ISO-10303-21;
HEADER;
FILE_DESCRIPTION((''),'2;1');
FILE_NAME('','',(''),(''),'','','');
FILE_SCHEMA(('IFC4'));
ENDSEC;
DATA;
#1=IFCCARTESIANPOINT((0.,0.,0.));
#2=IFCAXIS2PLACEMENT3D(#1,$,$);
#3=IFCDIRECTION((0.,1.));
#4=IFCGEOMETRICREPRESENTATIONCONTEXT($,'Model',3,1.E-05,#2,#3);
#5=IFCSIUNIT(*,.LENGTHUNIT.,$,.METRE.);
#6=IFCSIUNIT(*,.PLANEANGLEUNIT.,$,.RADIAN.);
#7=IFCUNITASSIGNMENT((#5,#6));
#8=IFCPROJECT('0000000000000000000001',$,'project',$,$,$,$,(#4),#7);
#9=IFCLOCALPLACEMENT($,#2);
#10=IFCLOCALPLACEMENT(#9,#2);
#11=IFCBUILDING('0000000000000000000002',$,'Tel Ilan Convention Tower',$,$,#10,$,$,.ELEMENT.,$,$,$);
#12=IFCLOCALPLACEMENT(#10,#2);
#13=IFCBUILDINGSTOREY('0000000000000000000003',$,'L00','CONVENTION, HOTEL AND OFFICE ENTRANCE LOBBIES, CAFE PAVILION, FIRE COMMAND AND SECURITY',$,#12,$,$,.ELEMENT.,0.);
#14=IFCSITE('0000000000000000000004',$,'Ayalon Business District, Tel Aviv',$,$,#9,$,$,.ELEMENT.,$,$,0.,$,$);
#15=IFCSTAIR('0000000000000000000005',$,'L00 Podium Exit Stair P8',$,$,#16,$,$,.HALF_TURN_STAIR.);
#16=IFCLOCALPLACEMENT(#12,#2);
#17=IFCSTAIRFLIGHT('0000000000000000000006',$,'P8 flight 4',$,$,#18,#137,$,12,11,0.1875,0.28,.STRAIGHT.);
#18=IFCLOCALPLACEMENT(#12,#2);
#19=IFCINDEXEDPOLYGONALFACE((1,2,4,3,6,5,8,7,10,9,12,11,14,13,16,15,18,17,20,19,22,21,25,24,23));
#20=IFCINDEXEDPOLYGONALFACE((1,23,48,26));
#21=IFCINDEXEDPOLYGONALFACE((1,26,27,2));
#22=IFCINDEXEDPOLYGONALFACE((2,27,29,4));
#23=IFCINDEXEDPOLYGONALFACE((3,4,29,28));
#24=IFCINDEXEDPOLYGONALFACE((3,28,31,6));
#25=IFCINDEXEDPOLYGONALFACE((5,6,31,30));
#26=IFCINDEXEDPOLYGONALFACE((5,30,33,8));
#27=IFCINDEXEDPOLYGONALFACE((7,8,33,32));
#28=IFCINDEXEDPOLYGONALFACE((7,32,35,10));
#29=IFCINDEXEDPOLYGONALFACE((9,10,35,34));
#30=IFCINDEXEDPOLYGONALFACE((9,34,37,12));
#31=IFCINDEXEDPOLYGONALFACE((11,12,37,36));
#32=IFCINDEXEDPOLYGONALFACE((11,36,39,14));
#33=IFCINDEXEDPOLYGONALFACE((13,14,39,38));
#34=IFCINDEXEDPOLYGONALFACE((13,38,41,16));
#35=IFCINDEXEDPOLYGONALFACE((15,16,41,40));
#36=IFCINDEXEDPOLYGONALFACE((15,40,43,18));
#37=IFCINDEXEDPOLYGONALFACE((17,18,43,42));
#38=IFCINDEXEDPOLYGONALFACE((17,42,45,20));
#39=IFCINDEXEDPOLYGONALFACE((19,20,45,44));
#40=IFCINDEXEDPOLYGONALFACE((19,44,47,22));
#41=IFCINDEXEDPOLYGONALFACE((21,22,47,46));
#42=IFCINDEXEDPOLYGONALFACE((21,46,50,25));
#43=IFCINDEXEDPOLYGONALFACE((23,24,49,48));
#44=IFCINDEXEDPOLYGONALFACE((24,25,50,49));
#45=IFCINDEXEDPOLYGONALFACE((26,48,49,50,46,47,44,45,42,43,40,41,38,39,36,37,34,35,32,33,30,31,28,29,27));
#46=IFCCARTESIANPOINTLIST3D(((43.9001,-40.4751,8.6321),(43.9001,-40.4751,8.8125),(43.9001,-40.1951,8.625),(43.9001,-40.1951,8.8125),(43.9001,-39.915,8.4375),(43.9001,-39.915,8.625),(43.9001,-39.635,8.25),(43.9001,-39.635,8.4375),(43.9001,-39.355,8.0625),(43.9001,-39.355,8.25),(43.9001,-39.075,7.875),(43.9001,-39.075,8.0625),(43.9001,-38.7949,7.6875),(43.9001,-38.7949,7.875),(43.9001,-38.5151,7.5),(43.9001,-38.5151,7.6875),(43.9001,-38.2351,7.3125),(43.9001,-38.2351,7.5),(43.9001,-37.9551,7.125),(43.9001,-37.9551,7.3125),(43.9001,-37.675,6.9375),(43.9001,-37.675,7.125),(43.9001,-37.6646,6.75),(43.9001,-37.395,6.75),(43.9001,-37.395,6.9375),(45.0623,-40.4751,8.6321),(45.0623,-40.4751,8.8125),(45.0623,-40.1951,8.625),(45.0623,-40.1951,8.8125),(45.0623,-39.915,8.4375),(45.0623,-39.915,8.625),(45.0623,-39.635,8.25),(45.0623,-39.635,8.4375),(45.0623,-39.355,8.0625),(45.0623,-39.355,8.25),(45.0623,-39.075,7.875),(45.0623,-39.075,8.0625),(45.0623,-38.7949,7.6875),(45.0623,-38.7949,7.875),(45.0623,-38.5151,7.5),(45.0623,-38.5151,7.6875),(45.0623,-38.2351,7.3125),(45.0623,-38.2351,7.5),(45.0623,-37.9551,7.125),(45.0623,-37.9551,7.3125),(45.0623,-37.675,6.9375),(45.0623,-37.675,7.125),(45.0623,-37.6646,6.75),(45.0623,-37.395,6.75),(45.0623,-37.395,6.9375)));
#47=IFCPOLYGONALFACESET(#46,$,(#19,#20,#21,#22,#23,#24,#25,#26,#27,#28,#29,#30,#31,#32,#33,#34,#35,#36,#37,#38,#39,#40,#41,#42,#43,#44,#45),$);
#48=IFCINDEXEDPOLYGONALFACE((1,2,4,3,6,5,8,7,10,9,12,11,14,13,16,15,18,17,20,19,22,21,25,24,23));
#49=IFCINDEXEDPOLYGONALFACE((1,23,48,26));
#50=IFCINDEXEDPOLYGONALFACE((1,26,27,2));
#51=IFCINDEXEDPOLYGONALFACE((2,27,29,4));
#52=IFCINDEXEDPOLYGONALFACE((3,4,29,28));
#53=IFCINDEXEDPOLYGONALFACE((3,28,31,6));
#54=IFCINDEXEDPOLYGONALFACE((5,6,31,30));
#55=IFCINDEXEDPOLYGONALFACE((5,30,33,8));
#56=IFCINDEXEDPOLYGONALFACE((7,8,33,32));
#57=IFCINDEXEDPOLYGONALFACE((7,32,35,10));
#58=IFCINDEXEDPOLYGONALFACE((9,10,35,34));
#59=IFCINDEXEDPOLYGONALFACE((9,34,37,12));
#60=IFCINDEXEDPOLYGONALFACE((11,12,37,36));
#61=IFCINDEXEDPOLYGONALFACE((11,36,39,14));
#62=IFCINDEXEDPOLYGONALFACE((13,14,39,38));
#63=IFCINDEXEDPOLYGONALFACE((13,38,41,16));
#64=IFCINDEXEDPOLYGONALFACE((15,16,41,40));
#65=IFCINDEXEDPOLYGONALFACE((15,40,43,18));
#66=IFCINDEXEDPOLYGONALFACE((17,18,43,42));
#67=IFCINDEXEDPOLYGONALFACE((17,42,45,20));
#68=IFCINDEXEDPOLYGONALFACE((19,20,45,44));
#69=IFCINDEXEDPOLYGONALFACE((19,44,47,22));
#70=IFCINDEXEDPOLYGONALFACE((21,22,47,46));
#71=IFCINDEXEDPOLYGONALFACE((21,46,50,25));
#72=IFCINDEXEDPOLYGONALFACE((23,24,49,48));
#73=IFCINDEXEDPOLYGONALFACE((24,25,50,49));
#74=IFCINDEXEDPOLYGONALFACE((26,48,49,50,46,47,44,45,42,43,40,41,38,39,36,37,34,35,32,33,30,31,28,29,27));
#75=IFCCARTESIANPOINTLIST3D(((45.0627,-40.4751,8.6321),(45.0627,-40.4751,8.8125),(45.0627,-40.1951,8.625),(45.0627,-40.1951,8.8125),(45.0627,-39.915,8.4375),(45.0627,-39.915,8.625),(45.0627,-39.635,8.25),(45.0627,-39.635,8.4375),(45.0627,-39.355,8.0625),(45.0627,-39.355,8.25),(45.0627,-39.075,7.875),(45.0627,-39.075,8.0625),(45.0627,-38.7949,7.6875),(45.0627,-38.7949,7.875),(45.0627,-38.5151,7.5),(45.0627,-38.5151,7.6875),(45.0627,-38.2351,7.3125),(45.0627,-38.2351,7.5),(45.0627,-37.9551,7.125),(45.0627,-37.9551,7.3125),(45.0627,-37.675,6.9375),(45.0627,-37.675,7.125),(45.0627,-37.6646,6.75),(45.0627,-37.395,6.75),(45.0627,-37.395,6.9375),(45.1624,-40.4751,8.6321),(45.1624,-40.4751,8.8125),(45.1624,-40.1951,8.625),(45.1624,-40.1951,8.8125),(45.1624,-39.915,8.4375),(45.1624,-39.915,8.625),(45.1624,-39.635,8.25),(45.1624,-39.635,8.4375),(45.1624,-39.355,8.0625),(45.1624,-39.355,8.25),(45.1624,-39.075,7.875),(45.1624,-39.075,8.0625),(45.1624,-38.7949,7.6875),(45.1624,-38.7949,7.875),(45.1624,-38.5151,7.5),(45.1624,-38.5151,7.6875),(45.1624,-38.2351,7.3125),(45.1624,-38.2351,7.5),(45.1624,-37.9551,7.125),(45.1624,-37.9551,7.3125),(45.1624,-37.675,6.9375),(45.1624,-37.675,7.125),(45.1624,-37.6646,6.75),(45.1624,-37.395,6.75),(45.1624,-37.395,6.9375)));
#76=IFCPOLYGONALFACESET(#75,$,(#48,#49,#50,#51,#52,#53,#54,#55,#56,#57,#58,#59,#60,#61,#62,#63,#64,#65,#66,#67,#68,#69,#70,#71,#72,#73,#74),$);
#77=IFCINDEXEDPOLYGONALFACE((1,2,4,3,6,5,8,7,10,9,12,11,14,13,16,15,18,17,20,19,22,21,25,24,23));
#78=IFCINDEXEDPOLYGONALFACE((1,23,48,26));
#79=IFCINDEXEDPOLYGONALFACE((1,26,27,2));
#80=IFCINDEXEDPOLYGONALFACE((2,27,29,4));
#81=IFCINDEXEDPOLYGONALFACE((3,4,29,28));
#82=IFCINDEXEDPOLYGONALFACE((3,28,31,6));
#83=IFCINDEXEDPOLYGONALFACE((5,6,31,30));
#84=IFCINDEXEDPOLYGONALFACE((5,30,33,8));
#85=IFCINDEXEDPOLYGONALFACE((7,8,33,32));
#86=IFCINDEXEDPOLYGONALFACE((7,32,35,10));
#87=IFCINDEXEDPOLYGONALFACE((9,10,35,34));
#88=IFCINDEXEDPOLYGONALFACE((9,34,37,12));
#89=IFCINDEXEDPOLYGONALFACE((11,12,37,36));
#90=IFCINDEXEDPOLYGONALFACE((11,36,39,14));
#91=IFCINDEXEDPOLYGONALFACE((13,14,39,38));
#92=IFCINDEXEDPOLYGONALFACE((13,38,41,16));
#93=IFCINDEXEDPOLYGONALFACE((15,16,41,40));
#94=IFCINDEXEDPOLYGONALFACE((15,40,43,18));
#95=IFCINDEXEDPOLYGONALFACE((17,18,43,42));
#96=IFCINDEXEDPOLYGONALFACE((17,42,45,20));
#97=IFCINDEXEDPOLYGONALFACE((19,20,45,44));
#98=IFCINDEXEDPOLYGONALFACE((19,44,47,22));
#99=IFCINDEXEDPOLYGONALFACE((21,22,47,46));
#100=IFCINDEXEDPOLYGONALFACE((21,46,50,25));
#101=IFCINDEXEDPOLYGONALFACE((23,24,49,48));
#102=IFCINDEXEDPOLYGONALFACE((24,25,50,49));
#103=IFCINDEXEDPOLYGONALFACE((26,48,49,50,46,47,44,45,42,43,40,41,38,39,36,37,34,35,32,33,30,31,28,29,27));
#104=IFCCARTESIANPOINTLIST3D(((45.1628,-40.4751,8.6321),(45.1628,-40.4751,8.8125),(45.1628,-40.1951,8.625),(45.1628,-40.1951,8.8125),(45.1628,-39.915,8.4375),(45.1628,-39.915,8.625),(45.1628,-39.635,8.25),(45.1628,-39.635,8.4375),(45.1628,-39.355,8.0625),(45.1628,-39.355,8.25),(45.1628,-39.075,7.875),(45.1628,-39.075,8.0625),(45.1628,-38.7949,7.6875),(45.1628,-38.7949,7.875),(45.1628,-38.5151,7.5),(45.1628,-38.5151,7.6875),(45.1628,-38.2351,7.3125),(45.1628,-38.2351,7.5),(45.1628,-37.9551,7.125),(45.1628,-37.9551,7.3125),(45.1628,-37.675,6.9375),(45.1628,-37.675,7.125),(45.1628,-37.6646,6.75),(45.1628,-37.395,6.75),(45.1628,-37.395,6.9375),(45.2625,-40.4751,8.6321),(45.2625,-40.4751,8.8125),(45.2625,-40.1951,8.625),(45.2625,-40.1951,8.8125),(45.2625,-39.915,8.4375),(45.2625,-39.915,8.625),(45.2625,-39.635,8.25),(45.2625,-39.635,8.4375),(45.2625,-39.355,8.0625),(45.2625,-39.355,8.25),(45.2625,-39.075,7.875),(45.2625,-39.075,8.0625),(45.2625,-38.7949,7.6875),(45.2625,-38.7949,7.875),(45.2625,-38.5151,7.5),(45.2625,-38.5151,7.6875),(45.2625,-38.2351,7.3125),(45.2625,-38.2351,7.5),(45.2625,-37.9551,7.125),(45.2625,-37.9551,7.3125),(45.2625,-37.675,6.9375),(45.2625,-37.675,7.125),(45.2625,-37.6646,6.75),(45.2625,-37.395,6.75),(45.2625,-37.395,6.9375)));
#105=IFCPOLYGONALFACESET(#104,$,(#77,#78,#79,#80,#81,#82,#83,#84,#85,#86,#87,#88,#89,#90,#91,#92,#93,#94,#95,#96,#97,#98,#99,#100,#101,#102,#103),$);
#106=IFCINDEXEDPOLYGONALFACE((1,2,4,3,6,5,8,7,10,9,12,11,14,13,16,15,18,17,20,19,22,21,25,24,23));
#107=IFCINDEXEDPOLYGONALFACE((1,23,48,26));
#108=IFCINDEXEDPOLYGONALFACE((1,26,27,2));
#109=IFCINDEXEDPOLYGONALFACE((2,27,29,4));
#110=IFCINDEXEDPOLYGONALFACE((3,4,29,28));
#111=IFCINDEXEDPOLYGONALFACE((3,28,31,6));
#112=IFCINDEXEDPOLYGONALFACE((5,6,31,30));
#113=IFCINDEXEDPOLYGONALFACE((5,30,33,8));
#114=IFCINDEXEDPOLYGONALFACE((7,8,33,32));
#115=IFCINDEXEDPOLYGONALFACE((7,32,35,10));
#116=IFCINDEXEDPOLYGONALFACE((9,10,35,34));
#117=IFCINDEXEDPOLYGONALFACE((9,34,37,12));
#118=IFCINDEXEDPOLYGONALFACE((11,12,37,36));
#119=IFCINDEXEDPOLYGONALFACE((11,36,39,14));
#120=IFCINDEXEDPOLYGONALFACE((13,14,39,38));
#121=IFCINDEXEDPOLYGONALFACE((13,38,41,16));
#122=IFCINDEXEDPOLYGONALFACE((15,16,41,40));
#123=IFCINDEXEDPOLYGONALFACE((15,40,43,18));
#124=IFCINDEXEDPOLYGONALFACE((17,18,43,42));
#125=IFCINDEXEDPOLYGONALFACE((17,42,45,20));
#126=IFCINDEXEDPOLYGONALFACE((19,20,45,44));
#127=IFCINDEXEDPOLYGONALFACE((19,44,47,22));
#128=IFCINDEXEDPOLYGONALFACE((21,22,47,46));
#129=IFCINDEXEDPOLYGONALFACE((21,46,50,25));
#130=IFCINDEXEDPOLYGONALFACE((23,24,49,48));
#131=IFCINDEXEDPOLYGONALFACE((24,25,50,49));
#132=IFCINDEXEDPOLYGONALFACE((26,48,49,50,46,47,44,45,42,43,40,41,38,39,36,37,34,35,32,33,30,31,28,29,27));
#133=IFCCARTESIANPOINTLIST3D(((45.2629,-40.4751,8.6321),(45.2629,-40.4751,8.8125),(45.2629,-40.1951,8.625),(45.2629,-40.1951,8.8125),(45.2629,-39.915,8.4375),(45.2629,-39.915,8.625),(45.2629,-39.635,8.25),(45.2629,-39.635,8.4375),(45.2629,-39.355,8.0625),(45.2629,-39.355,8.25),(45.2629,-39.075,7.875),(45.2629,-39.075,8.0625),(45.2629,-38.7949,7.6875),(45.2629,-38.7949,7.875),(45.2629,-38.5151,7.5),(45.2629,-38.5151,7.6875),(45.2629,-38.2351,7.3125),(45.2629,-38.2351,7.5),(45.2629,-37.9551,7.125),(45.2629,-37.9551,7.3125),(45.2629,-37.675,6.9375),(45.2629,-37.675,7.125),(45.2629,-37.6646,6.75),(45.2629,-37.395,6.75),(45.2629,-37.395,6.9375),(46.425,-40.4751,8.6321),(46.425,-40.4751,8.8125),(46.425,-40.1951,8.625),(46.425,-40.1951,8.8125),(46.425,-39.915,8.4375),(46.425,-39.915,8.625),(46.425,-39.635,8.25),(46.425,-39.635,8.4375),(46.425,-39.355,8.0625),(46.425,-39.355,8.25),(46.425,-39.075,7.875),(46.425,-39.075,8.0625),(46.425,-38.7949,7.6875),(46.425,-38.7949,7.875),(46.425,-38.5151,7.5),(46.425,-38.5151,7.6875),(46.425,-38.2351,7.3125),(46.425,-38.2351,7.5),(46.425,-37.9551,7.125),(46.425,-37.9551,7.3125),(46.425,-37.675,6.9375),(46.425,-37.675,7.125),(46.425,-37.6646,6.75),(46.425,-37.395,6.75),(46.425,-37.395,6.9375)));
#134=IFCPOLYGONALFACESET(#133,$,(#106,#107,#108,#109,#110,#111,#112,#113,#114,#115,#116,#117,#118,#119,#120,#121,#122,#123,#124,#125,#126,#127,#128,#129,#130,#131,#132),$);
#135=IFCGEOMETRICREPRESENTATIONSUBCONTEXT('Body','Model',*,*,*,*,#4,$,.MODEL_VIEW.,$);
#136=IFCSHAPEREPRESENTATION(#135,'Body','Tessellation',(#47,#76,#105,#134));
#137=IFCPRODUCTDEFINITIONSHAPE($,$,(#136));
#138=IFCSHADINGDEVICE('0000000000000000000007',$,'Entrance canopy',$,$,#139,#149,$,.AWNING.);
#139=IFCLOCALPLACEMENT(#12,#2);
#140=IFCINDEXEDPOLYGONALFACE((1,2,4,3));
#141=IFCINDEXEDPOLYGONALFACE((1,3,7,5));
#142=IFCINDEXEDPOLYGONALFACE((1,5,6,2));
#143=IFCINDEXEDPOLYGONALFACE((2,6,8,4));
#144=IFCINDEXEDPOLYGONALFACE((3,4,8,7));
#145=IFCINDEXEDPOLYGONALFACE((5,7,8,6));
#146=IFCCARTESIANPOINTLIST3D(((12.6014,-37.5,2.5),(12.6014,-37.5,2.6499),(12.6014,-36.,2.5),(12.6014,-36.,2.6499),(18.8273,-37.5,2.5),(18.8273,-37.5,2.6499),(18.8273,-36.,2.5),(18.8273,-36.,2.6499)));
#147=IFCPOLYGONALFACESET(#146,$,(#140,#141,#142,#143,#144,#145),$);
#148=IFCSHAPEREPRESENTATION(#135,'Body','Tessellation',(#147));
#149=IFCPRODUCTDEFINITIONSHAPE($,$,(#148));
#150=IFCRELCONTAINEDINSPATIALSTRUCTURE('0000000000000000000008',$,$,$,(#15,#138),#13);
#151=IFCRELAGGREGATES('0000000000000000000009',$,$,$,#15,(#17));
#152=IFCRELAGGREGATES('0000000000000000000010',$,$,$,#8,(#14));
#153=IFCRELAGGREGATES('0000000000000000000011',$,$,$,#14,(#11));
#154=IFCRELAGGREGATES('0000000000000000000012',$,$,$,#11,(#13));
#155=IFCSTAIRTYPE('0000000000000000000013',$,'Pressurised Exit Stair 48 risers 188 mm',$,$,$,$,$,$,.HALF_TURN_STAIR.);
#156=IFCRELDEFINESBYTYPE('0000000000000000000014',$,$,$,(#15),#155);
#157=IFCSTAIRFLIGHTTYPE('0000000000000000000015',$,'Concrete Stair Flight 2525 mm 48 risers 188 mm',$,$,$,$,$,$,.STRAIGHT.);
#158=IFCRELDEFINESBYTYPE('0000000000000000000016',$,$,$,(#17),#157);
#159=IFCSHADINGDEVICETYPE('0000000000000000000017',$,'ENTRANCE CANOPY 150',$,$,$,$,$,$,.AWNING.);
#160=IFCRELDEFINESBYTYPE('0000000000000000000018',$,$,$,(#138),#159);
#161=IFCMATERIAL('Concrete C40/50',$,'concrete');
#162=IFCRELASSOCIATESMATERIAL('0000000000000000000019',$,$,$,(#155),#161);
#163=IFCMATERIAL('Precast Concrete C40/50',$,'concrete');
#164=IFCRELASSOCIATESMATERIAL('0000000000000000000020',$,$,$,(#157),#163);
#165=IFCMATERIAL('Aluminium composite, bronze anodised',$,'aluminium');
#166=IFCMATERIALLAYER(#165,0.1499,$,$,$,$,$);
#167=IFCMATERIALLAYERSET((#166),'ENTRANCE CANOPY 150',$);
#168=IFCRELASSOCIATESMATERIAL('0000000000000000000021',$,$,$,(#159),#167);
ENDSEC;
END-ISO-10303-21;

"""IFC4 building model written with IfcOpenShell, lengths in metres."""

from ifc_helpers import new_model, si_unit, direction, frame, origin, origin_2d, place, context, subcontext, project, spatial, polyline, rectangle, outline, extrude, material, layer, layer_set, type_object, element, aggregate, save


model = new_model("IFC4")

# Units and contexts
model_context = context("Model", 3, precision=1e-05, world=origin(), true_north=direction((0.0, 1.0)))
body_context = subcontext(model_context, "Body", "Model", "MODEL_VIEW")
ifc_project = project(units=[si_unit("LENGTHUNIT", "METRE"), si_unit("PLANEANGLEUNIT", "RADIAN")], contexts=[model_context])

# Site, building, storey
site_placement = place(None, origin())
site = spatial("IfcSite", under=ifc_project, at=site_placement, Name="Ayalon Business District, Tel Aviv", CompositionType="ELEMENT", RefElevation=0.0)
building_placement = place(site_placement, origin())
building = spatial("IfcBuilding", under=site, at=building_placement, Name="Tel Ilan Convention Tower", CompositionType="ELEMENT")
storey_placement = place(building_placement, origin())
storey = spatial("IfcBuildingStorey", under=building, at=storey_placement, Name="L00", Description="CONVENTION, HOTEL AND OFFICE ENTRANCE LOBBIES, CAFE PAVILION, FIRE COMMAND AND SECURITY", CompositionType="ELEMENT", Elevation=0.0)

# Stair, stair flight
ifc_material_1 = material(Name="Concrete C40/50", Category="concrete")
stair_type = type_object("IfcStairType", Name="Pressurised Exit Stair 48 risers 188 mm", PredefinedType="HALF_TURN_STAIR", material=ifc_material_1)
ifc_material_2 = material(Name="Precast Concrete C40/50", Category="concrete")
stair_flight_type = type_object("IfcStairFlightType", Name="Concrete Stair Flight 2525 mm 48 risers 188 mm", PredefinedType="STRAIGHT", material=ifc_material_2)
stair_1_placement = place(storey_placement, origin())
stair_1 = element("IfcStair", 1, at=stair_1_placement, inside=storey, type_object=stair_type, Name="L00 Podium Exit Stair P8", PredefinedType="HALF_TURN_STAIR")
stair_flight_1_placement = place(storey_placement, frame((45.1626, -37.395, 6.75), z_axis=(0.0, 0.0, 1.0), x_axis=(0.0, -1.0, 0.0)))
stair_flight_1 = element("IfcStairFlight", 2, at=stair_flight_1_placement, type_object=stair_flight_type, Name="P8 flight 4", NumberOfRisers=12, NumberOfTreads=11, PredefinedType="STRAIGHT", RiserHeight=0.1875, TreadLength=0.28, context=body_context, shape_type="SweptSolid", body=[
    extrude(outline(polyline([(0.0, 0.0), (0.0, 0.1875), (0.28, 0.1875), (0.28, 0.375), (0.5601, 0.375), (0.5601, 0.5625), (0.8401, 0.5625), (0.8401, 0.75), (1.1201, 0.75), (1.1201, 0.9375), (1.3999, 0.9375), (1.3999, 1.125), (1.6799, 1.125), (1.6799, 1.3125), (1.96, 1.3125), (1.96, 1.5), (2.24, 1.5), (2.24, 1.6875), (2.52, 1.6875), (2.52, 1.875), (2.8, 1.875), (2.8, 2.0625), (3.0801, 2.0625), (3.0801, 2.25), (3.0801, 1.8821), (0.2695, 0.0), (0.0, 0.0)])), frame((0.0, -0.1003, 0.0), z_axis=(0.0, -1.0, 0.0), x_axis=(1.0, 0.0, 0.0)), (0.0, 0.0, 1.0), 1.1621),
    extrude(outline(polyline([(0.0, 0.0), (0.0, 0.1875), (0.28, 0.1875), (0.28, 0.375), (0.5601, 0.375), (0.5601, 0.5625), (0.8401, 0.5625), (0.8401, 0.75), (1.1201, 0.75), (1.1201, 0.9375), (1.3999, 0.9375), (1.3999, 1.125), (1.6799, 1.125), (1.6799, 1.3125), (1.96, 1.3125), (1.96, 1.5), (2.24, 1.5), (2.24, 1.6875), (2.52, 1.6875), (2.52, 1.875), (2.8, 1.875), (2.8, 2.0625), (3.0801, 2.0625), (3.0801, 2.25), (3.0801, 1.8821), (0.2695, 0.0), (0.0, 0.0)])), frame((0.0, -0.0002, 0.0), z_axis=(0.0, -1.0, 0.0), x_axis=(1.0, 0.0, 0.0)), (0.0, 0.0, 1.0), 0.0996),
    extrude(outline(polyline([(0.0, 0.0), (0.0, 0.1875), (0.28, 0.1875), (0.28, 0.375), (0.5601, 0.375), (0.5601, 0.5625), (0.8401, 0.5625), (0.8401, 0.75), (1.1201, 0.75), (1.1201, 0.9375), (1.3999, 0.9375), (1.3999, 1.125), (1.6799, 1.125), (1.6799, 1.3125), (1.96, 1.3125), (1.96, 1.5), (2.24, 1.5), (2.24, 1.6875), (2.52, 1.6875), (2.52, 1.875), (2.8, 1.875), (2.8, 2.0625), (3.0801, 2.0625), (3.0801, 2.25), (3.0801, 1.8821), (0.2695, 0.0), (0.0, 0.0)])), frame((0.0, 0.0999, 0.0), z_axis=(0.0, -1.0, 0.0), x_axis=(1.0, 0.0, 0.0)), (0.0, 0.0, 1.0), 0.0996),
    extrude(outline(polyline([(0.0, 0.0), (0.0, 0.1875), (0.28, 0.1875), (0.28, 0.375), (0.5601, 0.375), (0.5601, 0.5625), (0.8401, 0.5625), (0.8401, 0.75), (1.1201, 0.75), (1.1201, 0.9375), (1.3999, 0.9375), (1.3999, 1.125), (1.6799, 1.125), (1.6799, 1.3125), (1.96, 1.3125), (1.96, 1.5), (2.24, 1.5), (2.24, 1.6875), (2.52, 1.6875), (2.52, 1.875), (2.8, 1.875), (2.8, 2.0625), (3.0801, 2.0625), (3.0801, 2.25), (3.0801, 1.8821), (0.2695, 0.0), (0.0, 0.0)])), frame((0.0, 1.2625, 0.0), z_axis=(0.0, -1.0, 0.0), x_axis=(1.0, 0.0, 0.0)), (0.0, 0.0, 1.0), 1.1621),
])
aggregate(stair_1, [stair_flight_1])

# Shading device
ifc_material_3 = material(Name="Aluminium composite, bronze anodised", Category="aluminium")
ifc_layer_1 = layer(ifc_material_3, 0.1499)
ifc_layer_set_1 = layer_set([ifc_layer_1], Name="ENTRANCE CANOPY 150")
shading_device_type = type_object("IfcShadingDeviceType", Name="ENTRANCE CANOPY 150", PredefinedType="AWNING", material=ifc_layer_set_1)
shading_device_placement = place(storey_placement, frame((15.7144, -36.75, 2.5), z_axis=(0.0, 0.0, 1.0), x_axis=(-1.0, 0.0, 0.0)))
element("IfcShadingDevice", 3, at=shading_device_placement, inside=storey, type_object=shading_device_type, Name="Entrance canopy", PredefinedType="AWNING", context=body_context, shape_type="SweptSolid", body=[
    extrude(rectangle(XDim=6.2258, YDim=1.5, at=origin_2d()), origin(), (0.0, 0.0, 1.0), 0.1499),
])

save(model, "model.ifc")
